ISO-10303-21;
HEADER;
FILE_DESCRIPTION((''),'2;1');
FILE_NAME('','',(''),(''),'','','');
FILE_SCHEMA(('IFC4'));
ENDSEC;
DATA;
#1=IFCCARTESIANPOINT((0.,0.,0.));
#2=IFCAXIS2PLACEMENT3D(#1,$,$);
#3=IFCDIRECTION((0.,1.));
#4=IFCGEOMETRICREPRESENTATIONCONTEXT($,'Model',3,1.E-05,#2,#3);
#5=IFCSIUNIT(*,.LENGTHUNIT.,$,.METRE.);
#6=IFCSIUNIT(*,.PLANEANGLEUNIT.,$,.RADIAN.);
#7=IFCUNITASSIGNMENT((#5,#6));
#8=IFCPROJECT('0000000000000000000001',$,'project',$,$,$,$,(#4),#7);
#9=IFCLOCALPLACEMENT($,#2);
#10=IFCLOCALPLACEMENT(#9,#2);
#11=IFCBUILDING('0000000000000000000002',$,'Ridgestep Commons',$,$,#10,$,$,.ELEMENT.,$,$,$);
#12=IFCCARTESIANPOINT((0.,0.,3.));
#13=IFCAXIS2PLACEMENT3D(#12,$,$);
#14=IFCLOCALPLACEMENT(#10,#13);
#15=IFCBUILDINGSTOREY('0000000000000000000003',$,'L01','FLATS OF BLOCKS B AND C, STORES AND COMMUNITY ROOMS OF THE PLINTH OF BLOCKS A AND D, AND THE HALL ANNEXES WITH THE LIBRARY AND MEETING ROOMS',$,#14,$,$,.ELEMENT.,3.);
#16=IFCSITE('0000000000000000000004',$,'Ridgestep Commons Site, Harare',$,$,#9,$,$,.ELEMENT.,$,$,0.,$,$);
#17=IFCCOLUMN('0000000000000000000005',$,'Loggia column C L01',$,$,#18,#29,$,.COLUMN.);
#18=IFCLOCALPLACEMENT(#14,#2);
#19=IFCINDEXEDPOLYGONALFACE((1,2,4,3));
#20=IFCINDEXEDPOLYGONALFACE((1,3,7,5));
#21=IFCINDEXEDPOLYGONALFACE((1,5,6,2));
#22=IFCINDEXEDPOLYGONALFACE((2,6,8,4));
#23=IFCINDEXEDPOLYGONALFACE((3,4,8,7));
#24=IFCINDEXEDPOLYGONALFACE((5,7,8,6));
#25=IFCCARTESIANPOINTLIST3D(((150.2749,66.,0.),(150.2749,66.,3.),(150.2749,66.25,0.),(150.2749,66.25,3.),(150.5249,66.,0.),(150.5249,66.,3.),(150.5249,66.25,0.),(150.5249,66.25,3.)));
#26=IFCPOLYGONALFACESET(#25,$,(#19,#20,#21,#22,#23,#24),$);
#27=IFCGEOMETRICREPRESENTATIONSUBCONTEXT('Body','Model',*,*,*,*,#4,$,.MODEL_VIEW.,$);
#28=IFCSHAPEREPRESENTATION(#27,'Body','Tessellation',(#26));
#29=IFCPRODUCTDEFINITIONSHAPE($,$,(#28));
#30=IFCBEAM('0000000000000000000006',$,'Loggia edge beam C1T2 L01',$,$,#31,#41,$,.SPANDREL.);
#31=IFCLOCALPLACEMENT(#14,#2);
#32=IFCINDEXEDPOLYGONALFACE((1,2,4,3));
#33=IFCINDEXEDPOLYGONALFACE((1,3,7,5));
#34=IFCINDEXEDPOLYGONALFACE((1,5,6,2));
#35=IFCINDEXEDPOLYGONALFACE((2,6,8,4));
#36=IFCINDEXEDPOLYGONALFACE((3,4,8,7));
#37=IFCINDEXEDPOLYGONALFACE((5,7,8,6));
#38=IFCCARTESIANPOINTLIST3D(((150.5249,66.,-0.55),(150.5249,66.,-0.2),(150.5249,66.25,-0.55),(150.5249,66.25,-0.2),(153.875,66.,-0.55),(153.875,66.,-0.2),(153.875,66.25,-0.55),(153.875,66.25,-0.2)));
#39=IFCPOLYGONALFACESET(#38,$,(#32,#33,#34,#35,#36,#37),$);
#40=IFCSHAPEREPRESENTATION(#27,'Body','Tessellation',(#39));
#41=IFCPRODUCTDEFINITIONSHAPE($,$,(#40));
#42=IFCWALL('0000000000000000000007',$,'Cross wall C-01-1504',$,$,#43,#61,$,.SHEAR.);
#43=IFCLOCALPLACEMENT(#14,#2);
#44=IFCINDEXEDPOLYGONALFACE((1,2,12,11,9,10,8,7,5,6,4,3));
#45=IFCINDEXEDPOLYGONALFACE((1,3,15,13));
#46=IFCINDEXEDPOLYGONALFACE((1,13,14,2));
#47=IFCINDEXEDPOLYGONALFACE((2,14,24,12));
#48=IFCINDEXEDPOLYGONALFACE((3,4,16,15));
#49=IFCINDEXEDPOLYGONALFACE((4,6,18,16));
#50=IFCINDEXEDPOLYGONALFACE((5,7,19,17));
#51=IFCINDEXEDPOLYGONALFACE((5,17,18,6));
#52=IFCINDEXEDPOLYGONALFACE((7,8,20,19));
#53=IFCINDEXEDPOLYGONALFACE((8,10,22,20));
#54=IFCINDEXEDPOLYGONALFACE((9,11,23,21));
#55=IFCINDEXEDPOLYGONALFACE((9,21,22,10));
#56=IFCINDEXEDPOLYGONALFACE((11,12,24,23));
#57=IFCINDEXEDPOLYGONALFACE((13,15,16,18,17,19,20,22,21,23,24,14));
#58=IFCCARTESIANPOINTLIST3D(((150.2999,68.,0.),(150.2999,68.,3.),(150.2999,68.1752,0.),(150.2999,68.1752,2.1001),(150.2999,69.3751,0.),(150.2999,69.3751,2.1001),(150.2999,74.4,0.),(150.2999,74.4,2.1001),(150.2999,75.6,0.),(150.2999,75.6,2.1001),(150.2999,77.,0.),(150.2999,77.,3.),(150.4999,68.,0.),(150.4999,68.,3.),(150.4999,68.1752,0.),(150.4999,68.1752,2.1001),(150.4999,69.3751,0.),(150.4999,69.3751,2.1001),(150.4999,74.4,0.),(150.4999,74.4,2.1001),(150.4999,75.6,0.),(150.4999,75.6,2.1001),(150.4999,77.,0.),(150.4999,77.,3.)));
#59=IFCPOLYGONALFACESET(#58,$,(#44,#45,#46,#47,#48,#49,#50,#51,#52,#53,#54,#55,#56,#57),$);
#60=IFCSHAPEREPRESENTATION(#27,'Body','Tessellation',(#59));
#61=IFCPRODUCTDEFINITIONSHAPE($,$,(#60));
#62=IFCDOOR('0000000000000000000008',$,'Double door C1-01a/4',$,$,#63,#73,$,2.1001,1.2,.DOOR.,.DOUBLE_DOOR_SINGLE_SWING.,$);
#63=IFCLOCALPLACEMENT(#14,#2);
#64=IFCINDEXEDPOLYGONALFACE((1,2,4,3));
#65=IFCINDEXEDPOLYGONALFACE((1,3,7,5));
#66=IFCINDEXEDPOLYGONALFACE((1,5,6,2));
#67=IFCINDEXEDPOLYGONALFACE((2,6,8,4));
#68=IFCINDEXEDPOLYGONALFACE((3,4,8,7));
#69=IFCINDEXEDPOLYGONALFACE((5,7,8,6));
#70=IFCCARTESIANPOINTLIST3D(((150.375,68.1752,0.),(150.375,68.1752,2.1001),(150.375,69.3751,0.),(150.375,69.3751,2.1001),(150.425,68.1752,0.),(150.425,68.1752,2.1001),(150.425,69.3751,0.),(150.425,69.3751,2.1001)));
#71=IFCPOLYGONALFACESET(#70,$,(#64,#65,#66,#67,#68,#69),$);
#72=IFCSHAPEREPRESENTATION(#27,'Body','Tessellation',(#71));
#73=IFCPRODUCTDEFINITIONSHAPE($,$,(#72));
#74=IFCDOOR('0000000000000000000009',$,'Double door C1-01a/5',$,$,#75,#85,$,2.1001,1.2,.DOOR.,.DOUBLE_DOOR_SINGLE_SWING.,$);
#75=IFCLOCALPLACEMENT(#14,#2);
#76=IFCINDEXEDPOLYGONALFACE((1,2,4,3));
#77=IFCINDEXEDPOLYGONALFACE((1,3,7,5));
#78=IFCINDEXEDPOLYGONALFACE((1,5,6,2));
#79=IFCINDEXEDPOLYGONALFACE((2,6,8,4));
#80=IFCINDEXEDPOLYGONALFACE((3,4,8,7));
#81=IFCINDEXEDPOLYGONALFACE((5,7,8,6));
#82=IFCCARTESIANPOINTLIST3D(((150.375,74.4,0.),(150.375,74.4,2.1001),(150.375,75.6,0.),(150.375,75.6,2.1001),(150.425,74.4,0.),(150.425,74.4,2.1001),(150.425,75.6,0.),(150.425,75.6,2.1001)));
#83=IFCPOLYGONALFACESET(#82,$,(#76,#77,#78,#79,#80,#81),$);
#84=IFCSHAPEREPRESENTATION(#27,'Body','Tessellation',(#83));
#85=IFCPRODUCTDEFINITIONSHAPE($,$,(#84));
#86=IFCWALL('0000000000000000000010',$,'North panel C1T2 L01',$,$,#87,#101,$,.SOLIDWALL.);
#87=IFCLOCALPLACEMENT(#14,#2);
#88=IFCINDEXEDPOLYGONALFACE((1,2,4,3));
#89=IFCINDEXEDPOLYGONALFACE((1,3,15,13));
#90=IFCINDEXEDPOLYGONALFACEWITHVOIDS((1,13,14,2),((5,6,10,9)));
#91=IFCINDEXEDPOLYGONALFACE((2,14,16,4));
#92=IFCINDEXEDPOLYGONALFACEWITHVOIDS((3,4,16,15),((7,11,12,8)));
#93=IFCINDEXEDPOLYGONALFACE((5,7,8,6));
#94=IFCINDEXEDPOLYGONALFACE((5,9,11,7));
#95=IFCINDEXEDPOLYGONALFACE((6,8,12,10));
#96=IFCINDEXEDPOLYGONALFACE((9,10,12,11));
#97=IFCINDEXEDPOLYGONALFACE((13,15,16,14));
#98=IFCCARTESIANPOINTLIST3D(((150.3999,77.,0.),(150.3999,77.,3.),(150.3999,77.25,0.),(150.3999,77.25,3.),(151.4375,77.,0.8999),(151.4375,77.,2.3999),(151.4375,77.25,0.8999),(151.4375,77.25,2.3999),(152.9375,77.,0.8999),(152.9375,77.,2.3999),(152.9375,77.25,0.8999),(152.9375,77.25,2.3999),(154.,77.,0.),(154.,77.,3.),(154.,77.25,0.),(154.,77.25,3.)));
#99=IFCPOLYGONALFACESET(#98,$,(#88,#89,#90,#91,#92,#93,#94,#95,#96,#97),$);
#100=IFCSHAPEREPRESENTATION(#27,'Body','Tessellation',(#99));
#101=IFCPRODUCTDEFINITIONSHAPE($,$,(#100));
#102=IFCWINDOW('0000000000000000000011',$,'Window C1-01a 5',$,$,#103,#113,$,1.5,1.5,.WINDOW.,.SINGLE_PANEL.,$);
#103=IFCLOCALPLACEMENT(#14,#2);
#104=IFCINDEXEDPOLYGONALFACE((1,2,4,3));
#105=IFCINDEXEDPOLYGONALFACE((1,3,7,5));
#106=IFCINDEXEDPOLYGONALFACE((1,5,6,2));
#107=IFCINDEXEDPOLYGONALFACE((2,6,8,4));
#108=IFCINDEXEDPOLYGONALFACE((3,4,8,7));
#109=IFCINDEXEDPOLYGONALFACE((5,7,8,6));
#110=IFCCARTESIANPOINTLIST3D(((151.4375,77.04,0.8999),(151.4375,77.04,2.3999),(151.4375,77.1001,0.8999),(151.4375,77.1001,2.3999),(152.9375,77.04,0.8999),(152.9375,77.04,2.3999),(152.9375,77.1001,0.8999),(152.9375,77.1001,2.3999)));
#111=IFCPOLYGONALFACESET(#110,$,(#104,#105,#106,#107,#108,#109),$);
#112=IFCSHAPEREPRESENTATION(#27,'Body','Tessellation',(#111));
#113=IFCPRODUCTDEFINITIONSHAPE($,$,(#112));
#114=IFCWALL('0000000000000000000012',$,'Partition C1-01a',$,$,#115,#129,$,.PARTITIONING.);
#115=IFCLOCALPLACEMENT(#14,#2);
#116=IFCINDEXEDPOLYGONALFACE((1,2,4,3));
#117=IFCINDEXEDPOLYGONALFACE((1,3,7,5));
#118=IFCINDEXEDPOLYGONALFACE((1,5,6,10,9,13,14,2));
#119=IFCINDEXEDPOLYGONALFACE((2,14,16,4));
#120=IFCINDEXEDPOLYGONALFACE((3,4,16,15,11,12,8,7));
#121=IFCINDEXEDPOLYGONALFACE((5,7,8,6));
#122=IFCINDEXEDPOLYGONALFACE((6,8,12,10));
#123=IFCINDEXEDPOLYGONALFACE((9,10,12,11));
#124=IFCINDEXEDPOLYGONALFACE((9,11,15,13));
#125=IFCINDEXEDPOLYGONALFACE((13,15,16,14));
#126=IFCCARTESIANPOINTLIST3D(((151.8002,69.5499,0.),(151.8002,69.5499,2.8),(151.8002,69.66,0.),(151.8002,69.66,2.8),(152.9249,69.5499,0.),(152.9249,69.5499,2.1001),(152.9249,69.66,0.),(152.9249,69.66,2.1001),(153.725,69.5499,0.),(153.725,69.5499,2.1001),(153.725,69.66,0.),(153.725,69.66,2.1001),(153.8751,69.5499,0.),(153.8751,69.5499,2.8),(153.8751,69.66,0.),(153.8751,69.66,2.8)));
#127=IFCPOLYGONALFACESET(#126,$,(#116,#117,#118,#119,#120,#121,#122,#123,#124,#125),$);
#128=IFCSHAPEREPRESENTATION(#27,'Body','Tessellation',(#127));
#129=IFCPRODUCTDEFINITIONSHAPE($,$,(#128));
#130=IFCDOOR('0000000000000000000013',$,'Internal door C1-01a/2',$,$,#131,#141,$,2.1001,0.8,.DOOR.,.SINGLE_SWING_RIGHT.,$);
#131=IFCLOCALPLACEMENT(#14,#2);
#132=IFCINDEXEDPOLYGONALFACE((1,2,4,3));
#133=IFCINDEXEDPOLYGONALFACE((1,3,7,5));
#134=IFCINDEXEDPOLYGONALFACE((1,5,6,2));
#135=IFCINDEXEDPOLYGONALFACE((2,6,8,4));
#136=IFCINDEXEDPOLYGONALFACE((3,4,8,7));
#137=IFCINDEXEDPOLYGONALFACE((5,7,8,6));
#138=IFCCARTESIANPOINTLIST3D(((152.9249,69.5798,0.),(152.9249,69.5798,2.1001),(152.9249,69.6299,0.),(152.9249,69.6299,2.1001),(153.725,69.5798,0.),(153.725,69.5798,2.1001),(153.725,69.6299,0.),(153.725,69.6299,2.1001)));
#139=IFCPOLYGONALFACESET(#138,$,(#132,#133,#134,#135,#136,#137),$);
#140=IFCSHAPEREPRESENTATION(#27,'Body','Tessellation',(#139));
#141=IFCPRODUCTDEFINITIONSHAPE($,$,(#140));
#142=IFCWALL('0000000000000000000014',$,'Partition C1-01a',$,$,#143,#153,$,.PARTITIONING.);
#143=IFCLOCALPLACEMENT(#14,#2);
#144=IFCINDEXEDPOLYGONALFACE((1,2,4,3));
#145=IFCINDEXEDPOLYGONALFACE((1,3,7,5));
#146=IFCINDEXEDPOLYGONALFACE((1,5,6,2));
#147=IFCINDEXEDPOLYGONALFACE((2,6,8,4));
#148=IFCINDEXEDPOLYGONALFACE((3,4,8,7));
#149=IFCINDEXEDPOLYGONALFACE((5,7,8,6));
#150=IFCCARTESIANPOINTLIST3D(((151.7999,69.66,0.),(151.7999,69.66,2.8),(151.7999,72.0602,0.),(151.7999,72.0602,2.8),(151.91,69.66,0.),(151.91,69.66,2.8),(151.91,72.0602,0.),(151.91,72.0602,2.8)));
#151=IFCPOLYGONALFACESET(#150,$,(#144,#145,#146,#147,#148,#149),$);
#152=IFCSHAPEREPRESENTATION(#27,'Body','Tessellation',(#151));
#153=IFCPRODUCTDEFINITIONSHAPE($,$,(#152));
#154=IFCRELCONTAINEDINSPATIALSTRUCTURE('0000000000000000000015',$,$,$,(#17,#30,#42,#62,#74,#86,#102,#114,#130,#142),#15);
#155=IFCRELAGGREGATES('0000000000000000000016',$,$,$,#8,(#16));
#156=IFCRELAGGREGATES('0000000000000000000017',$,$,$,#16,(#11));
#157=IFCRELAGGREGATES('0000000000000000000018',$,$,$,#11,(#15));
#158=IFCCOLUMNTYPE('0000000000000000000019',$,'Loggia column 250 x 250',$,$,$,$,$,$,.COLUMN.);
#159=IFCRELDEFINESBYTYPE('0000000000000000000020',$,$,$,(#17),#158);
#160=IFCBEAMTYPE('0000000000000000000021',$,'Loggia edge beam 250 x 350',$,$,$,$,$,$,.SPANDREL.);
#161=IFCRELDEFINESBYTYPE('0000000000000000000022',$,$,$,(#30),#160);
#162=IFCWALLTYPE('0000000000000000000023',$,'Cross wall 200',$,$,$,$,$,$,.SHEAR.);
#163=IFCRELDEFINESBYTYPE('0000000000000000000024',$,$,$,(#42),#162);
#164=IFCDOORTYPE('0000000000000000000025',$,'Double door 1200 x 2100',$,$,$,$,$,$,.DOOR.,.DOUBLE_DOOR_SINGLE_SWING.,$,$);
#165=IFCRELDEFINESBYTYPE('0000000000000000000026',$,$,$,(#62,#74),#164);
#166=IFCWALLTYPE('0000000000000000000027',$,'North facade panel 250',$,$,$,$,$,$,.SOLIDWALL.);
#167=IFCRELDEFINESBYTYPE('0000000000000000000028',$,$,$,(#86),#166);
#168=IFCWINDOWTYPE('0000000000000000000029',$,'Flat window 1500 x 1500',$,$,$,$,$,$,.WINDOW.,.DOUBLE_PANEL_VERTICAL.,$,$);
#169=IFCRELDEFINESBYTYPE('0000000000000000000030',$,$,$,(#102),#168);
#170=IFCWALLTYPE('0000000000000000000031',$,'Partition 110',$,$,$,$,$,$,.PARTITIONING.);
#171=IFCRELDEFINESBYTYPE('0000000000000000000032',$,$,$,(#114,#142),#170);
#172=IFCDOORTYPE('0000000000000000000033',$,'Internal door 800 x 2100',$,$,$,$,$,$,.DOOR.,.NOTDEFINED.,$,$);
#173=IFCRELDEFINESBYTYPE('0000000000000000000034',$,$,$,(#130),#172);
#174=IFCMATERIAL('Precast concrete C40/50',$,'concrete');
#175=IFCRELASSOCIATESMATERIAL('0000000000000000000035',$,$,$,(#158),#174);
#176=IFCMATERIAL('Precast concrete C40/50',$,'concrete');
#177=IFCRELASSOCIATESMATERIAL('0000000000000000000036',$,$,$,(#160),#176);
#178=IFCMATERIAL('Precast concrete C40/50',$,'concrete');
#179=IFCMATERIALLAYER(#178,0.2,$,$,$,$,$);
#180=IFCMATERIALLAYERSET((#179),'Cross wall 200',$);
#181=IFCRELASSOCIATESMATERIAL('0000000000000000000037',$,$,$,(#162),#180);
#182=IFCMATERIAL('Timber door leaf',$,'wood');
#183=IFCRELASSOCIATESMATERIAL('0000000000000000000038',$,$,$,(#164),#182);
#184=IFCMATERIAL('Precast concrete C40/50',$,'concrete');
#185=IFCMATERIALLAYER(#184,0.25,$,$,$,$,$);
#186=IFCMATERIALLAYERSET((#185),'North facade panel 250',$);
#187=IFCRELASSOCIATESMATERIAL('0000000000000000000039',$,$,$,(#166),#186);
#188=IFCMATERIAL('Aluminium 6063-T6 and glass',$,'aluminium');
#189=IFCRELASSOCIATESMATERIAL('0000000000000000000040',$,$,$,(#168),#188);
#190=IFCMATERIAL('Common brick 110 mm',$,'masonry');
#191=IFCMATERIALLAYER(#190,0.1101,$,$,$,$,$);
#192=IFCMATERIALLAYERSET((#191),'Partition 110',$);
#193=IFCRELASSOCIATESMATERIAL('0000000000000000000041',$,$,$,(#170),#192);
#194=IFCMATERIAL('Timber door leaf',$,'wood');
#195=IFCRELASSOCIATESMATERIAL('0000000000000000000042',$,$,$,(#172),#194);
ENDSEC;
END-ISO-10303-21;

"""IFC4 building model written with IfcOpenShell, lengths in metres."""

from ifc_helpers import new_model, si_unit, direction, frame, frame_2d, origin, origin_2d, place, context, subcontext, project, spatial, rectangle, extrude, material, layer, layer_set, material_profile, profile_set, type_object, element, fill, save


model = new_model("IFC4")

# Units and contexts
model_context = context("Model", 3, precision=1e-05, world=origin(), true_north=direction((0.0, 1.0)))
body_context = subcontext(model_context, "Body", "Model", "MODEL_VIEW")
ifc_project = project(units=[si_unit("LENGTHUNIT", "METRE"), si_unit("PLANEANGLEUNIT", "RADIAN")], contexts=[model_context])

# Site, building, storey
site_placement = place(None, origin())
site = spatial("IfcSite", under=ifc_project, at=site_placement, Name="Ridgestep Commons Site, Harare", CompositionType="ELEMENT", RefElevation=0.0)
building_placement = place(site_placement, origin())
building = spatial("IfcBuilding", under=site, at=building_placement, Name="Ridgestep Commons", CompositionType="ELEMENT")
storey_placement = place(building_placement, frame((0.0, 0.0, 3.0)))
storey = spatial("IfcBuildingStorey", under=building, at=storey_placement, Name="L01", Description="FLATS OF BLOCKS B AND C, STORES AND COMMUNITY ROOMS OF THE PLINTH OF BLOCKS A AND D, AND THE HALL ANNEXES WITH THE LIBRARY AND MEETING ROOMS", CompositionType="ELEMENT", Elevation=3.0)

# Column
ifc_material_1 = material(Name="Precast concrete C40/50", Category="concrete")
ifc_material_profile_1 = material_profile(ifc_material_1, rectangle(XDim=0.25, YDim=0.25, at=origin_2d()), Name="PC 250x250")
ifc_profile_set_1 = profile_set([ifc_material_profile_1], Name="Precast concrete C40/50")
column_type = type_object("IfcColumnType", Name="Loggia column 250 x 250", PredefinedType="COLUMN", material=ifc_profile_set_1)
column_placement = place(storey_placement, frame((150.3999, 66.125, 0.0), z_axis=(0.0, 0.0, 1.0), x_axis=(1.0, 0.0, 0.0)))
element("IfcColumn", 1, at=column_placement, inside=storey, type_object=column_type, Name="Loggia column C L01", PredefinedType="COLUMN", context=body_context, shape_type="SweptSolid", body=[
    extrude(rectangle(XDim=0.25, YDim=0.25, at=origin_2d()), origin(), (0.0, 0.0, 1.0), 3.0),
])

# Beam
ifc_material_2 = material(Name="Precast concrete C40/50", Category="concrete")
ifc_material_profile_2 = material_profile(ifc_material_2, rectangle(XDim=0.25, YDim=0.3501, at=origin_2d()), Name="PC 250x350")
ifc_profile_set_2 = profile_set([ifc_material_profile_2], Name="Precast concrete C40/50")
beam_type = type_object("IfcBeamType", Name="Loggia edge beam 250 x 350", PredefinedType="SPANDREL", material=ifc_profile_set_2)
beam_placement = place(storey_placement, frame((150.5249, 66.125, -0.375), z_axis=(1.0, 0.0, 0.0), x_axis=(0.0, 1.0, 0.0)))
element("IfcBeam", 2, at=beam_placement, inside=storey, type_object=beam_type, Name="Loggia edge beam C1T2 L01", PredefinedType="SPANDREL", context=body_context, shape_type="SweptSolid", body=[
    extrude(rectangle(XDim=0.25, YDim=0.3501, at=origin_2d()), origin(), (0.0, 0.0, 1.0), 3.3501),
])

# Wall, openings, doors
ifc_material_3 = material(Name="Precast concrete C40/50", Category="concrete")
ifc_layer_1 = layer(ifc_material_3, 0.2)
ifc_layer_set_1 = layer_set([ifc_layer_1], Name="Cross wall 200")
wall_type_1 = type_object("IfcWallType", Name="Cross wall 200", PredefinedType="SHEAR", material=ifc_layer_set_1)
wall_1_placement = place(storey_placement, frame((150.3999, 68.0, 0.0), z_axis=(0.0, 0.0, 1.0), x_axis=(0.0, 1.0, 0.0)))
wall_1 = element("IfcWall", 3, at=wall_1_placement, inside=storey, type_object=wall_type_1, Name="Cross wall C-01-1504", PredefinedType="SHEAR", context=body_context, shape_type="SweptSolid", body=[
    extrude(rectangle(XDim=9.0, YDim=0.2, at=frame_2d((4.5, 0.0))), origin(), (0.0, 0.0, 1.0), 3.0),
])
opening_1_placement = place(wall_1_placement, frame((0.175, 0.0, 0.0)))
opening_1 = element("IfcOpeningElement", 4, at=opening_1_placement, cuts=wall_1, PredefinedType="OPENING", context=body_context, shape_type="SweptSolid", body=[
    extrude(rectangle(XDim=1.2, YDim=2.1001, at=frame_2d((0.6001, 1.05))), frame((0.0, 0.1099, 0.0), z_axis=(0.0, -1.0, 0.0), x_axis=(1.0, 0.0, 0.0)), (0.0, 0.0, 1.0), 0.22),
])
opening_2_placement = place(wall_1_placement, frame((6.3999, 0.0, 0.0)))
opening_2 = element("IfcOpeningElement", 5, at=opening_2_placement, cuts=wall_1, PredefinedType="OPENING", context=body_context, shape_type="SweptSolid", body=[
    extrude(rectangle(XDim=1.2, YDim=2.1001, at=frame_2d((0.6001, 1.05))), frame((0.0, 0.1099, 0.0), z_axis=(0.0, -1.0, 0.0), x_axis=(1.0, 0.0, 0.0)), (0.0, 0.0, 1.0), 0.22),
])
ifc_material_4 = material(Name="Timber door leaf", Category="wood")
door_type_1 = type_object("IfcDoorType", Name="Double door 1200 x 2100", OperationType="DOUBLE_DOOR_SINGLE_SWING", PredefinedType="DOOR", material=ifc_material_4)
door_1_placement = place(opening_1_placement, origin())
door_1 = element("IfcDoor", 6, at=door_1_placement, inside=storey, type_object=door_type_1, Name="Double door C1-01a/4", OperationType="DOUBLE_DOOR_SINGLE_SWING", OverallHeight=2.1001, OverallWidth=1.2, PredefinedType="DOOR", context=body_context, shape_type="SweptSolid", body=[
    extrude(rectangle(XDim=1.2, YDim=2.1001, at=frame_2d((0.6001, 1.05))), frame((0.0, 0.0249, 0.0), z_axis=(0.0, -1.0, 0.0), x_axis=(1.0, 0.0, 0.0)), (0.0, 0.0, 1.0), 0.05),
])
fill(opening_1, door_1)
door_2_placement = place(opening_2_placement, origin())
door_2 = element("IfcDoor", 7, at=door_2_placement, inside=storey, type_object=door_type_1, Name="Double door C1-01a/5", OperationType="DOUBLE_DOOR_SINGLE_SWING", OverallHeight=2.1001, OverallWidth=1.2, PredefinedType="DOOR", context=body_context, shape_type="SweptSolid", body=[
    extrude(rectangle(XDim=1.2, YDim=2.1001, at=frame_2d((0.6001, 1.05))), frame((0.0, 0.0249, 0.0), z_axis=(0.0, -1.0, 0.0), x_axis=(1.0, 0.0, 0.0)), (0.0, 0.0, 1.0), 0.05),
])
fill(opening_2, door_2)

# Wall, opening, window
ifc_material_5 = material(Name="Precast concrete C40/50", Category="concrete")
ifc_layer_2 = layer(ifc_material_5, 0.25)
ifc_layer_set_2 = layer_set([ifc_layer_2], Name="North facade panel 250")
wall_type_2 = type_object("IfcWallType", Name="North facade panel 250", PredefinedType="SOLIDWALL", material=ifc_layer_set_2)
wall_2_placement = place(storey_placement, frame((150.3999, 77.125, 0.0), z_axis=(0.0, 0.0, 1.0), x_axis=(1.0, 0.0, 0.0)))
wall_2 = element("IfcWall", 8, at=wall_2_placement, inside=storey, type_object=wall_type_2, Name="North panel C1T2 L01", PredefinedType="SOLIDWALL", context=body_context, shape_type="SweptSolid", body=[
    extrude(rectangle(XDim=3.6001, YDim=0.25, at=frame_2d((1.8, 0.0))), origin(), (0.0, 0.0, 1.0), 3.0),
])
opening_3_placement = place(wall_2_placement, frame((1.0376, 0.0, 0.8999)))
opening_3 = element("IfcOpeningElement", 9, at=opening_3_placement, cuts=wall_2, PredefinedType="OPENING", context=body_context, shape_type="SweptSolid", body=[
    extrude(rectangle(XDim=1.5, YDim=1.5, at=frame_2d((0.75, 0.75))), frame((0.0, 0.135, 0.0), z_axis=(0.0, -1.0, 0.0), x_axis=(1.0, 0.0, 0.0)), (0.0, 0.0, 1.0), 0.27),
])
ifc_material_6 = material(Name="Aluminium 6063-T6 and glass", Category="aluminium")
window_type = type_object("IfcWindowType", Name="Flat window 1500 x 1500", PartitioningType="DOUBLE_PANEL_VERTICAL", PredefinedType="WINDOW", material=ifc_material_6)
window_placement = place(opening_3_placement, origin())
window = element("IfcWindow", 10, at=window_placement, inside=storey, type_object=window_type, Name="Window C1-01a 5", OverallHeight=1.5, OverallWidth=1.5, PartitioningType="SINGLE_PANEL", PredefinedType="WINDOW", context=body_context, shape_type="SweptSolid", body=[
    extrude(rectangle(XDim=1.5, YDim=1.5, at=frame_2d((0.75, 0.75))), frame((0.0, -0.0249, 0.0), z_axis=(0.0, -1.0, 0.0), x_axis=(1.0, 0.0, 0.0)), (0.0, 0.0, 1.0), 0.0601),
])
fill(opening_3, window)

# Wall, opening, door
ifc_material_7 = material(Name="Common brick 110 mm", Category="masonry")
ifc_layer_3 = layer(ifc_material_7, 0.1101)
ifc_layer_set_3 = layer_set([ifc_layer_3], Name="Partition 110")
wall_type_3 = type_object("IfcWallType", Name="Partition 110", PredefinedType="PARTITIONING", material=ifc_layer_set_3)
wall_3_placement = place(storey_placement, frame((151.8, 69.605, 0.0), z_axis=(0.0, 0.0, 1.0), x_axis=(1.0, 0.0, 0.0)))
wall_3 = element("IfcWall", 11, at=wall_3_placement, inside=storey, type_object=wall_type_3, Name="Partition C1-01a", PredefinedType="PARTITIONING", context=body_context, shape_type="SweptSolid", body=[
    extrude(rectangle(XDim=2.075, YDim=0.1101, at=frame_2d((1.0376, 0.0))), origin(), (0.0, 0.0, 1.0), 2.8),
])
opening_4_placement = place(wall_3_placement, frame((1.125, 0.0, 0.0)))
opening_4 = element("IfcOpeningElement", 12, at=opening_4_placement, cuts=wall_3, PredefinedType="OPENING", context=body_context, shape_type="SweptSolid", body=[
    extrude(rectangle(XDim=0.8, YDim=2.1001, at=frame_2d((0.3999, 1.05))), frame((0.0, 0.0649, 0.0), z_axis=(0.0, -1.0, 0.0), x_axis=(1.0, 0.0, 0.0)), (0.0, 0.0, 1.0), 0.1301),
])
ifc_material_8 = material(Name="Timber door leaf", Category="wood")
door_type_2 = type_object("IfcDoorType", Name="Internal door 800 x 2100", OperationType="NOTDEFINED", PredefinedType="DOOR", material=ifc_material_8)
door_3_placement = place(opening_4_placement, origin())
door_3 = element("IfcDoor", 13, at=door_3_placement, inside=storey, type_object=door_type_2, Name="Internal door C1-01a/2", OperationType="SINGLE_SWING_RIGHT", OverallHeight=2.1001, OverallWidth=0.8, PredefinedType="DOOR", context=body_context, shape_type="SweptSolid", body=[
    extrude(rectangle(XDim=0.8, YDim=2.1001, at=frame_2d((0.3999, 1.05))), frame((0.0, 0.0249, 0.0), z_axis=(0.0, -1.0, 0.0), x_axis=(1.0, 0.0, 0.0)), (0.0, 0.0, 1.0), 0.05),
])
fill(opening_4, door_3)

# Wall
wall_4_placement = place(storey_placement, frame((151.855, 69.6599, 0.0), z_axis=(0.0, 0.0, 1.0), x_axis=(0.0, 1.0, 0.0)))
element("IfcWall", 14, at=wall_4_placement, inside=storey, type_object=wall_type_3, Name="Partition C1-01a", PredefinedType="PARTITIONING", context=body_context, shape_type="SweptSolid", body=[
    extrude(rectangle(XDim=2.4001, YDim=0.1101, at=frame_2d((1.2002, 0.0))), origin(), (0.0, 0.0, 1.0), 2.8),
])

save(model, "model.ifc")
